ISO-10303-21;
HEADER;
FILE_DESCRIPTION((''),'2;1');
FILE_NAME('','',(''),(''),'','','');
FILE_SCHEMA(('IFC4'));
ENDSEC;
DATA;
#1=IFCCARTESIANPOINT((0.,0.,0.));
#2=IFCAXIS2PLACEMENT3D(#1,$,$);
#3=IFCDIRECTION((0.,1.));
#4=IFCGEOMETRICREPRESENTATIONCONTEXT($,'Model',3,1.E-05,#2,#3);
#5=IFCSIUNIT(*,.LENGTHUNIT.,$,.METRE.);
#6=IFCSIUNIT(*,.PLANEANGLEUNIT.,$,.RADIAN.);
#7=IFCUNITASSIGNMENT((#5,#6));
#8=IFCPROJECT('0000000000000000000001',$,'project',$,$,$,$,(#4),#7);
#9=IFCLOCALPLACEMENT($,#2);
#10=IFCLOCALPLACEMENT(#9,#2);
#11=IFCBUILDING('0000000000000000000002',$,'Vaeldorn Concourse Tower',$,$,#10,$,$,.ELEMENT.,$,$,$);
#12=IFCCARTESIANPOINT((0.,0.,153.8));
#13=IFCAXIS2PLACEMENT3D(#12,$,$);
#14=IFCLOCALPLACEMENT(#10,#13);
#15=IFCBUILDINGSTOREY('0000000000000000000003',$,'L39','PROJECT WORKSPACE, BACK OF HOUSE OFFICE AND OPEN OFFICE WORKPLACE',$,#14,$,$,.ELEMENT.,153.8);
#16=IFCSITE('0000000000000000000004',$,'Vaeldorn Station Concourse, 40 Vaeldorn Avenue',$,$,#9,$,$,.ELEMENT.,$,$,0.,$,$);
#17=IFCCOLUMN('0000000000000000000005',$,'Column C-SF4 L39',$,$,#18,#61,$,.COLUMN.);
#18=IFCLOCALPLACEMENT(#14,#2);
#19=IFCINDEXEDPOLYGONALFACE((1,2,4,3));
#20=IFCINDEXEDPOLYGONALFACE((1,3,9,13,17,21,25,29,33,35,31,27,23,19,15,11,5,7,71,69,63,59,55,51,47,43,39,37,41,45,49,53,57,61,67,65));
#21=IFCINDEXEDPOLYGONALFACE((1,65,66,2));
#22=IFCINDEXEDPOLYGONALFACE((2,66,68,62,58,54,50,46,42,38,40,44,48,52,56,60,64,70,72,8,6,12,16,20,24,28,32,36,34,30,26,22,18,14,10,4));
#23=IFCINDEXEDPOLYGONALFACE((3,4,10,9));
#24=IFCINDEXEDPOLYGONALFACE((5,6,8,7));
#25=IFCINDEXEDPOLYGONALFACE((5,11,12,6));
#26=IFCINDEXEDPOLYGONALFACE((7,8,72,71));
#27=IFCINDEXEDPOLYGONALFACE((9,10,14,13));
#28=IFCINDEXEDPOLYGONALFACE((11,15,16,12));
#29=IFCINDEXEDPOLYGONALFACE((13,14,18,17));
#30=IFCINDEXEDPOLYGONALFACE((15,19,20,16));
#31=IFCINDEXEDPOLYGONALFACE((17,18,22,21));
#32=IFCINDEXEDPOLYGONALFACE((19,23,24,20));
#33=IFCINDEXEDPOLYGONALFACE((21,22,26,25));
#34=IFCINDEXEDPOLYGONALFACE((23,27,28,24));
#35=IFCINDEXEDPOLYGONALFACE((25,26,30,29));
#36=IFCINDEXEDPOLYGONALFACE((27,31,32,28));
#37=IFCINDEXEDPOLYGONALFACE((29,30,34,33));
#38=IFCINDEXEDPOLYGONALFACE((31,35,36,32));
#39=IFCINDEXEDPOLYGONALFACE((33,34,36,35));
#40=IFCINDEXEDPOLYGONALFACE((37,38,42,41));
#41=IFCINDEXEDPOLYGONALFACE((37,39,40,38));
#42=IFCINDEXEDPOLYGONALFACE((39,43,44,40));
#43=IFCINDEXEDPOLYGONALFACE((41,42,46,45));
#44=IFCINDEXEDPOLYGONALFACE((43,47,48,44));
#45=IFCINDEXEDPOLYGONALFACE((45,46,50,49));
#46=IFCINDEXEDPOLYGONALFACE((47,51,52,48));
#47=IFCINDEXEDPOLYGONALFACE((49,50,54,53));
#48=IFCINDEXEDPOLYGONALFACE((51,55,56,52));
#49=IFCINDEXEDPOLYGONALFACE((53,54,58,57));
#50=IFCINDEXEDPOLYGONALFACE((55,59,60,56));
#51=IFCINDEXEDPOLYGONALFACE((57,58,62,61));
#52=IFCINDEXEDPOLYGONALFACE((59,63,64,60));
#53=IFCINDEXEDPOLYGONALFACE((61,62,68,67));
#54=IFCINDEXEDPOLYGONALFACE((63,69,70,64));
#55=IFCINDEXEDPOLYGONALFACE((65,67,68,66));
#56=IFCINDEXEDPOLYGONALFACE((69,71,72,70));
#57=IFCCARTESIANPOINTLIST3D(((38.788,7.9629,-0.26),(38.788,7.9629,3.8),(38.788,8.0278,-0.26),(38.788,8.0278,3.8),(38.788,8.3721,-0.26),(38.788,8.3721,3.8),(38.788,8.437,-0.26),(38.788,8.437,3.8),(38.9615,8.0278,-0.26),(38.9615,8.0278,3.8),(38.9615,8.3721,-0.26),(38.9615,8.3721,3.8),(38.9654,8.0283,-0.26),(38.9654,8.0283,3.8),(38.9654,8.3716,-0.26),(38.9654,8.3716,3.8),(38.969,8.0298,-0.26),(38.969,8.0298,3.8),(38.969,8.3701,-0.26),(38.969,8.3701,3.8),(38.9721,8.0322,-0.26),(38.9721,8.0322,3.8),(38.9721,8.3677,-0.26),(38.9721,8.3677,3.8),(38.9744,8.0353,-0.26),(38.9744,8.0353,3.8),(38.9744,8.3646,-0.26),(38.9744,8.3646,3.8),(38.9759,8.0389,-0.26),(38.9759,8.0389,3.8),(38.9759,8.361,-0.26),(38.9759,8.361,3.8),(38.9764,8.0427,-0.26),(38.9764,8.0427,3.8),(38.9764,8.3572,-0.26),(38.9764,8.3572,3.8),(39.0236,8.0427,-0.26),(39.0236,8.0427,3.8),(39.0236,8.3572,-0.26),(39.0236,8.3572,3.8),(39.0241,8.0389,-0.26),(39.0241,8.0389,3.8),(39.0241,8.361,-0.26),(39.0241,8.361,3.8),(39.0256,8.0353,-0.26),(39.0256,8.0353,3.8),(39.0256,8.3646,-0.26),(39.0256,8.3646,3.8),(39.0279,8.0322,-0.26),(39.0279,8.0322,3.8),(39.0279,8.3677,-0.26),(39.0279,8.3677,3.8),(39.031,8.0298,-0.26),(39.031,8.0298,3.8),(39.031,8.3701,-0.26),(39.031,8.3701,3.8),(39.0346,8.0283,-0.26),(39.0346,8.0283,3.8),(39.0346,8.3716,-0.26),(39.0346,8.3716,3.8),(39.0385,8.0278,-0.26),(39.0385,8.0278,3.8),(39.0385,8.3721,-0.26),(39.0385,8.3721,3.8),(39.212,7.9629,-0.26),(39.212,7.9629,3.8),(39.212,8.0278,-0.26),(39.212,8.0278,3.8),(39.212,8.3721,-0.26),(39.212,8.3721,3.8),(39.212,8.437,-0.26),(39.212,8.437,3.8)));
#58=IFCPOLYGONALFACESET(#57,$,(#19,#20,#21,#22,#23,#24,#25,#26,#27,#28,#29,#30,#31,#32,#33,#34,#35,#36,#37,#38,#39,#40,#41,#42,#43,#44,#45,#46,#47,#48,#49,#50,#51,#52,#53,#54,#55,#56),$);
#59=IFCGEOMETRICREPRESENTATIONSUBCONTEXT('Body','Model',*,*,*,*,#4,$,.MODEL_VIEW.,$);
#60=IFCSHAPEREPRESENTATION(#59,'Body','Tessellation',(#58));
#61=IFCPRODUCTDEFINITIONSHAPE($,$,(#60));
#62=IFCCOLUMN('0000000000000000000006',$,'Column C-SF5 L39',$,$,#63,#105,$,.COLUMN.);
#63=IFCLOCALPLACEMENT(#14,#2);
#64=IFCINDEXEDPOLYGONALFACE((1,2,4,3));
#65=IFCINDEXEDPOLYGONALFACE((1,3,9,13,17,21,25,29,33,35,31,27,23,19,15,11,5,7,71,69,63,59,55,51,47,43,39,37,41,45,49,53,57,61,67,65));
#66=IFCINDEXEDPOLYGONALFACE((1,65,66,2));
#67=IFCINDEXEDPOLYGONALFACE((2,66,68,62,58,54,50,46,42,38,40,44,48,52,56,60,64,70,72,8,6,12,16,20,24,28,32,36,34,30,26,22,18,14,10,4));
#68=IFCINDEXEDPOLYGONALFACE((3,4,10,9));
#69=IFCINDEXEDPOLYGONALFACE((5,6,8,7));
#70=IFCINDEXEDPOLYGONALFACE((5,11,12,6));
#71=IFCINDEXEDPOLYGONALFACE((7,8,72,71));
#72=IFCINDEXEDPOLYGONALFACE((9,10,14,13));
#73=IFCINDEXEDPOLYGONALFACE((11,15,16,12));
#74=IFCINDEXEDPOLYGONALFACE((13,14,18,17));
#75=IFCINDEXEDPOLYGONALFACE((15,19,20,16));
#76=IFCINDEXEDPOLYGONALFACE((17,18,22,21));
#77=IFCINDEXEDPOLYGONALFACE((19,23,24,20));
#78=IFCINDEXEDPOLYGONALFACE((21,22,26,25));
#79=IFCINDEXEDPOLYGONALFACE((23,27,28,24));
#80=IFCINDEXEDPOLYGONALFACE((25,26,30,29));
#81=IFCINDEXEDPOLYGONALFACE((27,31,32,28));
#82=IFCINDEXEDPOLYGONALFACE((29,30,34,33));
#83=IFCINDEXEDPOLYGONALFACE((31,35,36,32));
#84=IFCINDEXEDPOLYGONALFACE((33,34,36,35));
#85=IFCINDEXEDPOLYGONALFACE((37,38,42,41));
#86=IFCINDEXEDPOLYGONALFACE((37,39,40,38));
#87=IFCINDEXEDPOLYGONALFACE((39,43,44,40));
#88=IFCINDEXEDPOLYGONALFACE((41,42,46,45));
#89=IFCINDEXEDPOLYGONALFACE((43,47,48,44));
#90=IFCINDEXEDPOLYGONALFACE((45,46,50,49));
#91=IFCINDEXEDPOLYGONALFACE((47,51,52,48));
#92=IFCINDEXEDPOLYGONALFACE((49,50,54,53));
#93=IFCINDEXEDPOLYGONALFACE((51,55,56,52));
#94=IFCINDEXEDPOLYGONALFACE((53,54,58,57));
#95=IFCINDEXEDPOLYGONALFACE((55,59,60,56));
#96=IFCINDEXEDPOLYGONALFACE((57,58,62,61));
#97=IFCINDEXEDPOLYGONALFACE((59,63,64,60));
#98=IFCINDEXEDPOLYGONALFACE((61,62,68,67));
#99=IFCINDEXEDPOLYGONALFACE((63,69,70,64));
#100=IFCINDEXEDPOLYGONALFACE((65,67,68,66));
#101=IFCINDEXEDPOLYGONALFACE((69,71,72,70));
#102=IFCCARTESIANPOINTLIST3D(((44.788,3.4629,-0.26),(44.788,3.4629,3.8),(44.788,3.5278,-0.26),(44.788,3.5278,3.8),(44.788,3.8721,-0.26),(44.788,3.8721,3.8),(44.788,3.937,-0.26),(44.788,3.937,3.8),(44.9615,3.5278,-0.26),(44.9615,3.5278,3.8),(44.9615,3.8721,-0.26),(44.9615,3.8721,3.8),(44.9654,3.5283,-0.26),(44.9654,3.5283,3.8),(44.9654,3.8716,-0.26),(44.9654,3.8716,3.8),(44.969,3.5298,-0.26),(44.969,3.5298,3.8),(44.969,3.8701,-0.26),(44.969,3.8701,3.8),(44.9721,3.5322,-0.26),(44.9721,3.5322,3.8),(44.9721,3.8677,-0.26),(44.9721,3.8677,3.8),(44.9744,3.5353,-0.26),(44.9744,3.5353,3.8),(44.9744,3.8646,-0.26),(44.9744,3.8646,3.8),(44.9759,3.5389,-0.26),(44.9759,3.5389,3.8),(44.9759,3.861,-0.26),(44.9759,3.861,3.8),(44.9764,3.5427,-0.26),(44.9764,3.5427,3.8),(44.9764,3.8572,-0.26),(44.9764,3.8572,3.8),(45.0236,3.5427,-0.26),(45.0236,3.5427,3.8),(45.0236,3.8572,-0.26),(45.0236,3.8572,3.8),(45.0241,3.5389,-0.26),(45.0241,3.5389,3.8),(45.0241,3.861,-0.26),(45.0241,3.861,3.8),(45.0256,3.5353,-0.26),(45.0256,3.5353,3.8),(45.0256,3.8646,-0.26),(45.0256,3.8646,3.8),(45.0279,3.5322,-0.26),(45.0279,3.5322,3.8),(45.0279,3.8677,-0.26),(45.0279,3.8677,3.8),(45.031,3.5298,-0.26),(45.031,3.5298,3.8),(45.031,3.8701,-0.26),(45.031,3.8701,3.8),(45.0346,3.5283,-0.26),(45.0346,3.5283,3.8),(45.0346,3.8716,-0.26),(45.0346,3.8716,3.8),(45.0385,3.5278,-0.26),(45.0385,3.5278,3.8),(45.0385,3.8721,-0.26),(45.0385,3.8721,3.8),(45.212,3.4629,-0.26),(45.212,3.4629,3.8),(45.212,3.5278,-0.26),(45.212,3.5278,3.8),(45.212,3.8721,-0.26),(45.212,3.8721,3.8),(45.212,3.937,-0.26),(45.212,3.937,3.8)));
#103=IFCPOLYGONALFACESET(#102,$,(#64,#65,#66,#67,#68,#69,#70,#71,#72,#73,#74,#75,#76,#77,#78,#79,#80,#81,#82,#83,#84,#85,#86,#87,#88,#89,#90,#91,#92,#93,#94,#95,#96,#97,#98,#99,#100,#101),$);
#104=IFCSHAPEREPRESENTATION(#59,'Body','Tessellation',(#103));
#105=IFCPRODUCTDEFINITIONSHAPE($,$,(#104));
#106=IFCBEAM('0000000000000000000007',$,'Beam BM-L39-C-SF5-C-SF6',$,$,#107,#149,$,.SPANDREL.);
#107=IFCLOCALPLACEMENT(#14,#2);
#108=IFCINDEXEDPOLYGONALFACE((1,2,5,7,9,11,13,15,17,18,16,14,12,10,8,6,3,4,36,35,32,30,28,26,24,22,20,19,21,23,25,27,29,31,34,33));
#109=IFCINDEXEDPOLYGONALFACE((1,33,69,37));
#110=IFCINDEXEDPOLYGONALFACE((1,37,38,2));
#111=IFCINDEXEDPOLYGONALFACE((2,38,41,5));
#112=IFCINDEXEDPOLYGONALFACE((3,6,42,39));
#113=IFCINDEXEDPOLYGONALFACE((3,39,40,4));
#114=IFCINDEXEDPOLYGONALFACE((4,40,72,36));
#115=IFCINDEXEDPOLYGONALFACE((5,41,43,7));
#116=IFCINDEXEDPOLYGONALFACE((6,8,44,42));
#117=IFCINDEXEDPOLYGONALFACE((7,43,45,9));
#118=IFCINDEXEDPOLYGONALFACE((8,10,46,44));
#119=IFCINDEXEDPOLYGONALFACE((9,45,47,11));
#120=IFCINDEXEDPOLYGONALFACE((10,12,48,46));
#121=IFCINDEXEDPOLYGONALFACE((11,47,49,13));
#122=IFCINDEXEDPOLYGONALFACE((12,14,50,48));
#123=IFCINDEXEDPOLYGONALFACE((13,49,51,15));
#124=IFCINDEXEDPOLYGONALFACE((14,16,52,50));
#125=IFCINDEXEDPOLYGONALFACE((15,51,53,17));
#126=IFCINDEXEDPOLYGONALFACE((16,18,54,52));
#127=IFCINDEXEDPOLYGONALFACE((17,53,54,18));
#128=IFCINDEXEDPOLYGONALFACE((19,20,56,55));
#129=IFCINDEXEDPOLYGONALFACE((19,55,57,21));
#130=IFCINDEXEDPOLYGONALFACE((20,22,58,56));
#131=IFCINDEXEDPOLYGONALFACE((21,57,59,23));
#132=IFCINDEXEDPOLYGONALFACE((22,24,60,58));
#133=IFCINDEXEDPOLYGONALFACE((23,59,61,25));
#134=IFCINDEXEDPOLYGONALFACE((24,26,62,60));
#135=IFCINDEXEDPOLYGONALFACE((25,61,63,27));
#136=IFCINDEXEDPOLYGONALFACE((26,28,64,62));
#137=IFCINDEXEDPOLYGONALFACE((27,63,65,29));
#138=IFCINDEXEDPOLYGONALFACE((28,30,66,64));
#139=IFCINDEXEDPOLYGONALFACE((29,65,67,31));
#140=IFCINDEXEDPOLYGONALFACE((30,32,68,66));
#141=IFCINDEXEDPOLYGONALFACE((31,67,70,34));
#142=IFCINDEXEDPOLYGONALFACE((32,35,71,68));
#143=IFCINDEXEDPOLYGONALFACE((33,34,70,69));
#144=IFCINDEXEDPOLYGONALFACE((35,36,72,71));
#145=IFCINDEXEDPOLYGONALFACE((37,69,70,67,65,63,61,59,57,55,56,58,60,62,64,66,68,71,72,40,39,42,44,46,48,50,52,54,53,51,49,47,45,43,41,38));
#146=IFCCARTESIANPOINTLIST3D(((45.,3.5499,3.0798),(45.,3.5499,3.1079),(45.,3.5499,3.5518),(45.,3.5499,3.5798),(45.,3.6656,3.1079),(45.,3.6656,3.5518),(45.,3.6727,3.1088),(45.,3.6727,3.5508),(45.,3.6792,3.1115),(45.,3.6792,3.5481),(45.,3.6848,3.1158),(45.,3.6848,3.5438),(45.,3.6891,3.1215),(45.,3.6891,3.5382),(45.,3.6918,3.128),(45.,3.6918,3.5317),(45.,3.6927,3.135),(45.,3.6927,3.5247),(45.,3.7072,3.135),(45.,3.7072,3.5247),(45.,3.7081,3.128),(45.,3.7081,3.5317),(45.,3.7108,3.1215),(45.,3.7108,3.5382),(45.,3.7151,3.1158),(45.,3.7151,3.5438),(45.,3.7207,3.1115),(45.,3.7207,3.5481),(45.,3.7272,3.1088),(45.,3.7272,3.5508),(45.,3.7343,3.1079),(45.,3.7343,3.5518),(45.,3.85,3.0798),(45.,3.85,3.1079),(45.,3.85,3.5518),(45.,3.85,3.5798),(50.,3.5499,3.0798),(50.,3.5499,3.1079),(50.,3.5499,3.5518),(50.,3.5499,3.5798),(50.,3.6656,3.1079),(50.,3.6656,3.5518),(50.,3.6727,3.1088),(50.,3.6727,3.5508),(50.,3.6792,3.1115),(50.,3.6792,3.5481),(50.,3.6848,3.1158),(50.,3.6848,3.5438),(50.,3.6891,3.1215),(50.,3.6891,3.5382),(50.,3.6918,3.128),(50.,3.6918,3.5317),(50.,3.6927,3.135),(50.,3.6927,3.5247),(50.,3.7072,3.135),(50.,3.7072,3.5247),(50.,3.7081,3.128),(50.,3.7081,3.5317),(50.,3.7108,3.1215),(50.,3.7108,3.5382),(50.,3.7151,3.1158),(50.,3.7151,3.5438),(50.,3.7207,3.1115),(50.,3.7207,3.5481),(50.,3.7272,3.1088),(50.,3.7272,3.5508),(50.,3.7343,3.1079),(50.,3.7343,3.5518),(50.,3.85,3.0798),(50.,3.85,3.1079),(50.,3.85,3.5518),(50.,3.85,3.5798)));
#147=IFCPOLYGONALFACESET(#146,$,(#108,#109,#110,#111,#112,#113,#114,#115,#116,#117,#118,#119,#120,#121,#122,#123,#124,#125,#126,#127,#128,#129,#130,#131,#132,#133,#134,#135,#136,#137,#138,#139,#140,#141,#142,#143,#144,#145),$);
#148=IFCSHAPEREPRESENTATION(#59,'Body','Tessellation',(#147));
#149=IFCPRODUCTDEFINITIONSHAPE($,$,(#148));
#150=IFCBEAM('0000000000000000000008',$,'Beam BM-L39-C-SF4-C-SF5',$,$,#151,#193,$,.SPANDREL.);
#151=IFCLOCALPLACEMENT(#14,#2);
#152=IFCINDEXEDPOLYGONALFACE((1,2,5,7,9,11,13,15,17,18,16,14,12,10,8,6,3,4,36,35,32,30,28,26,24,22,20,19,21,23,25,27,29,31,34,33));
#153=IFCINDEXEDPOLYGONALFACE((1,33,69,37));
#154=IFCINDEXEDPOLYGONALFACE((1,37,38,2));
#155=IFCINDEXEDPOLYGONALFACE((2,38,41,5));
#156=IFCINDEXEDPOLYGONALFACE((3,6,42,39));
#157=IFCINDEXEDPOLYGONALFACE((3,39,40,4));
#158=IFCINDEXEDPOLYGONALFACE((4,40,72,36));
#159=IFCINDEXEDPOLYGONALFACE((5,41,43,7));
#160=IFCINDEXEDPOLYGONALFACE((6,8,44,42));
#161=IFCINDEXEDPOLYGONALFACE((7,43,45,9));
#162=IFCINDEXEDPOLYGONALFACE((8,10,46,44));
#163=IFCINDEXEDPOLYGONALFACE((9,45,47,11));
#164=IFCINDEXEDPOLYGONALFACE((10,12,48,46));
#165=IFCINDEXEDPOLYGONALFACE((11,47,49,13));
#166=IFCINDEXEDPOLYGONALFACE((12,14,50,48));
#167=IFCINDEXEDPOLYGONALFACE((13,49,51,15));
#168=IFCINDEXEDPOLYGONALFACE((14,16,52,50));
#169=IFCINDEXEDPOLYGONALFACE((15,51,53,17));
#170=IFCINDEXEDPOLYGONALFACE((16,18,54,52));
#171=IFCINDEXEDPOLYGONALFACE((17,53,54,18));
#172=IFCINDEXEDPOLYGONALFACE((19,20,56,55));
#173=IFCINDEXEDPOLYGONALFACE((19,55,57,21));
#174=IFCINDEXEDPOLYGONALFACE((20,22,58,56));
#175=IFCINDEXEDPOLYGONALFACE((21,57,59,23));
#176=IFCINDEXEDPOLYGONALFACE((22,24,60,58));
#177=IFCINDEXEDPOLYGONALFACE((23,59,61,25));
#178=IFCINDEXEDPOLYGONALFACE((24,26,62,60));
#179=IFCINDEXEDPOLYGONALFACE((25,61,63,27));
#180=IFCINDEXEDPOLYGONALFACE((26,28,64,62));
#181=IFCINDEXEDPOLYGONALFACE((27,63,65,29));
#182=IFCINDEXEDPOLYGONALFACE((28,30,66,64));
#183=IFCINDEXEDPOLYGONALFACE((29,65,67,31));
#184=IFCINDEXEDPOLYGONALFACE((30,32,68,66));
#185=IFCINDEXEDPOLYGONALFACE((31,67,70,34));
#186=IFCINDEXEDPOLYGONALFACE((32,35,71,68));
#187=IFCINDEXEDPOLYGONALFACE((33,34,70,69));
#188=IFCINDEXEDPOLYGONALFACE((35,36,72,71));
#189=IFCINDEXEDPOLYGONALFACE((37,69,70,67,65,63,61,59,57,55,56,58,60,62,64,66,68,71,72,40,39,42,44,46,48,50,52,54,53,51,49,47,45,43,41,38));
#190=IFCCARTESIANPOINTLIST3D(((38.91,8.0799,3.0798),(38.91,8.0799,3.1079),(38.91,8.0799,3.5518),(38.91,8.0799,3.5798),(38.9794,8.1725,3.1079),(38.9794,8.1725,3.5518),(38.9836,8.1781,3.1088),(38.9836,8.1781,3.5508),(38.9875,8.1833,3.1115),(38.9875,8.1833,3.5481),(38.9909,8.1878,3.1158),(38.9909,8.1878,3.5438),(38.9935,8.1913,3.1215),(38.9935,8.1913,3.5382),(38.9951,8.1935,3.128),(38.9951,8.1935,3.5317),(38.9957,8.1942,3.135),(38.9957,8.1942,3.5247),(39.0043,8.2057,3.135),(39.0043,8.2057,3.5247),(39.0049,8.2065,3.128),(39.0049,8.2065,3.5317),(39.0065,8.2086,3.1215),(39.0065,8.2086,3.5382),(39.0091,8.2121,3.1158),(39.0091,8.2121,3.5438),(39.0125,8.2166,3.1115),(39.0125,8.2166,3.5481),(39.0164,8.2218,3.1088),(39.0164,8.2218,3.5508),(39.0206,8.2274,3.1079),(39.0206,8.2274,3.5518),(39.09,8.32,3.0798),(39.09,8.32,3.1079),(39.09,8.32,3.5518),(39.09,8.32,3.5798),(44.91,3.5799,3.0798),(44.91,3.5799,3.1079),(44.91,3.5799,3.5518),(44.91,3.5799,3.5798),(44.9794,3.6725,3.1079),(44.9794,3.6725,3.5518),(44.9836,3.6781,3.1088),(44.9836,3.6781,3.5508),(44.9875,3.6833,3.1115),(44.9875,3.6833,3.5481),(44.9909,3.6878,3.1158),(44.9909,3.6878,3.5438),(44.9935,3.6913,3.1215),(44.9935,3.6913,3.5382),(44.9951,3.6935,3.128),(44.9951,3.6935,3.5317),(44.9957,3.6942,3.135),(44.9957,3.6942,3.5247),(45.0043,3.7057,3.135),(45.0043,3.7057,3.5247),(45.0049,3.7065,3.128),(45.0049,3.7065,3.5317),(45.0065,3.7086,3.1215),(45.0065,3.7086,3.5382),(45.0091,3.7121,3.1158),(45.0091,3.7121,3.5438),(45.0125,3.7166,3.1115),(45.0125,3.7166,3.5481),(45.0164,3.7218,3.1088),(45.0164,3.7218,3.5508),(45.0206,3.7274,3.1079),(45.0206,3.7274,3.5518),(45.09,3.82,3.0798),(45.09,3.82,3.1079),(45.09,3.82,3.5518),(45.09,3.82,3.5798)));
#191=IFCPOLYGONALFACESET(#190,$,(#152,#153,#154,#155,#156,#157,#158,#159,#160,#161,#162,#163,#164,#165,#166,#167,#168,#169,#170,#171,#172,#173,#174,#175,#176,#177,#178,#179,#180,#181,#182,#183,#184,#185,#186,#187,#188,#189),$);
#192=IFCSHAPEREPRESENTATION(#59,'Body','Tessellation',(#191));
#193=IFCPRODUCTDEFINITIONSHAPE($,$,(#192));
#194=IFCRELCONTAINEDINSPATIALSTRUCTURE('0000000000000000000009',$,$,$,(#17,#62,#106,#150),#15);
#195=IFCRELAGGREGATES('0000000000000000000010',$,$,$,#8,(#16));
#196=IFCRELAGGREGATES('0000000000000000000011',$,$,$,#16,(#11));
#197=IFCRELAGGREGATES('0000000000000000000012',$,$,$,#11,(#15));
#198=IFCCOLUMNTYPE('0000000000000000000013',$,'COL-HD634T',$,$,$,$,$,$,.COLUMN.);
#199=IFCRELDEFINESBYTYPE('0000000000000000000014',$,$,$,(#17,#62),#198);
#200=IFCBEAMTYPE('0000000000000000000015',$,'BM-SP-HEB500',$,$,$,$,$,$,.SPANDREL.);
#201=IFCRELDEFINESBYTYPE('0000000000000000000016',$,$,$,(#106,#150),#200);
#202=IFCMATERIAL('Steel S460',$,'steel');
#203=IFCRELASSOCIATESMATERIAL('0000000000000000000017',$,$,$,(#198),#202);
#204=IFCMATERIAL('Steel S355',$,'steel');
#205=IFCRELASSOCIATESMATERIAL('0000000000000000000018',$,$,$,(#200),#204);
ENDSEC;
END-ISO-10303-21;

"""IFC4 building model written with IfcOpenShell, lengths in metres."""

from ifc_helpers import new_model, si_unit, direction, frame, origin, origin_2d, place, context, subcontext, project, spatial, i_section, extrude, source, transform, mapped, material, material_profile, profile_set, type_object, element, save


model = new_model("IFC4")

# Units and contexts
model_context = context("Model", 3, precision=1e-05, world=origin(), true_north=direction((0.0, 1.0)))
body_context = subcontext(model_context, "Body", "Model", "MODEL_VIEW")
ifc_project = project(units=[si_unit("LENGTHUNIT", "METRE"), si_unit("PLANEANGLEUNIT", "RADIAN")], contexts=[model_context])

# Site, building, storey
site_placement = place(None, origin())
site = spatial("IfcSite", under=ifc_project, at=site_placement, Name="Vaeldorn Station Concourse, 40 Vaeldorn Avenue", CompositionType="ELEMENT", RefElevation=0.0)
building_placement = place(site_placement, origin())
building = spatial("IfcBuilding", under=site, at=building_placement, Name="Vaeldorn Concourse Tower", CompositionType="ELEMENT")
storey_placement = place(building_placement, frame((0.0, 0.0, 153.8)))
storey = spatial("IfcBuildingStorey", under=building, at=storey_placement, Name="L39", Description="PROJECT WORKSPACE, BACK OF HOUSE OFFICE AND OPEN OFFICE WORKPLACE", CompositionType="ELEMENT", Elevation=153.8)

# Columns
ifc_material_1 = material(Name="Steel S460", Category="steel")
ifc_material_profile_1 = material_profile(ifc_material_1, i_section(OverallWidth=0.4241, OverallDepth=0.4741, WebThickness=0.0471, FlangeThickness=0.0649, FilletRadius=0.0149, at=origin_2d()), Name="HD 400x634")
ifc_profile_set_1 = profile_set([ifc_material_profile_1], Name="Steel S460")
column_type = type_object("IfcColumnType", Name="COL-HD634T", PredefinedType="COLUMN", material=ifc_profile_set_1)
shared_shape_1 = source(origin(), body_context, "Body", "SweptSolid", [
    extrude(i_section(OverallWidth=0.4241, OverallDepth=0.4741, WebThickness=0.0471, FlangeThickness=0.0649, FilletRadius=0.0149, at=origin_2d()), origin(), (0.0, 0.0, 1.0), 4.0601),
])
for number, where, z_axis, x_axis, name in (
    (1, (39.0, 8.2, -0.26), (0.0, 0.0, 1.0), (1.0, 0.0, 0.0), "Column C-SF4 L39"),
    (2, (45.0, 3.7, -0.26), (0.0, 0.0, 1.0), (1.0, 0.0, 0.0), "Column C-SF5 L39"),
):
    element("IfcColumn", number, at=place(storey_placement, frame(where, z_axis=z_axis, x_axis=x_axis)), inside=storey, type_object=column_type, Name=name, PredefinedType="COLUMN", context=body_context, shape_type="MappedRepresentation", body=[
        mapped(shared_shape_1, transform((0.0, 0.0, 0.0), scale=1.0)),
    ])

# Beams
ifc_material_2 = material(Name="Steel S355", Category="steel")
ifc_material_profile_2 = material_profile(ifc_material_2, i_section(OverallWidth=0.3, OverallDepth=0.5, WebThickness=0.0144, FlangeThickness=0.0281, FilletRadius=0.0271, at=origin_2d()), Name="HEB 500")
ifc_profile_set_2 = profile_set([ifc_material_profile_2], Name="Steel S355")
beam_type_1 = type_object("IfcBeamType", Name="BM-SP-HEB500", PredefinedType="SPANDREL", material=ifc_profile_set_2)
shared_shape_2 = source(origin(), body_context, "Body", "SweptSolid", [
    extrude(i_section(OverallWidth=0.3, OverallDepth=0.5, WebThickness=0.0144, FlangeThickness=0.0281, FilletRadius=0.0271, at=origin_2d()), origin(), (0.0, 0.0, 1.0), 5.0),
])
beam_1_placement = place(storey_placement, frame((45.0, 3.7, 3.3298), z_axis=(1.0, 0.0, 0.0), x_axis=(0.0, 1.0, 0.0)))
element("IfcBeam", 3, at=beam_1_placement, inside=storey, type_object=beam_type_1, Name="Beam BM-L39-C-SF5-C-SF6", PredefinedType="SPANDREL", context=body_context, shape_type="MappedRepresentation", body=[
    mapped(shared_shape_2, transform((0.0, 0.0, 0.0), scale=1.0)),
])
shared_shape_3 = source(origin(), body_context, "Body", "SweptSolid", [
    extrude(i_section(OverallWidth=0.3, OverallDepth=0.5, WebThickness=0.0144, FlangeThickness=0.0281, FilletRadius=0.0271, at=origin_2d()), origin(), (0.0, 0.0, 1.0), 7.5),
])
beam_2_placement = place(storey_placement, frame((39.0, 8.2, 3.3298), z_axis=(0.8, -0.6, 0.0), x_axis=(0.6, 0.8, 0.0)))
element("IfcBeam", 4, at=beam_2_placement, inside=storey, type_object=beam_type_1, Name="Beam BM-L39-C-SF4-C-SF5", PredefinedType="SPANDREL", context=body_context, shape_type="MappedRepresentation", body=[
    mapped(shared_shape_3, transform((0.0, 0.0, 0.0), scale=1.0)),
])

save(model, "model.ifc")
